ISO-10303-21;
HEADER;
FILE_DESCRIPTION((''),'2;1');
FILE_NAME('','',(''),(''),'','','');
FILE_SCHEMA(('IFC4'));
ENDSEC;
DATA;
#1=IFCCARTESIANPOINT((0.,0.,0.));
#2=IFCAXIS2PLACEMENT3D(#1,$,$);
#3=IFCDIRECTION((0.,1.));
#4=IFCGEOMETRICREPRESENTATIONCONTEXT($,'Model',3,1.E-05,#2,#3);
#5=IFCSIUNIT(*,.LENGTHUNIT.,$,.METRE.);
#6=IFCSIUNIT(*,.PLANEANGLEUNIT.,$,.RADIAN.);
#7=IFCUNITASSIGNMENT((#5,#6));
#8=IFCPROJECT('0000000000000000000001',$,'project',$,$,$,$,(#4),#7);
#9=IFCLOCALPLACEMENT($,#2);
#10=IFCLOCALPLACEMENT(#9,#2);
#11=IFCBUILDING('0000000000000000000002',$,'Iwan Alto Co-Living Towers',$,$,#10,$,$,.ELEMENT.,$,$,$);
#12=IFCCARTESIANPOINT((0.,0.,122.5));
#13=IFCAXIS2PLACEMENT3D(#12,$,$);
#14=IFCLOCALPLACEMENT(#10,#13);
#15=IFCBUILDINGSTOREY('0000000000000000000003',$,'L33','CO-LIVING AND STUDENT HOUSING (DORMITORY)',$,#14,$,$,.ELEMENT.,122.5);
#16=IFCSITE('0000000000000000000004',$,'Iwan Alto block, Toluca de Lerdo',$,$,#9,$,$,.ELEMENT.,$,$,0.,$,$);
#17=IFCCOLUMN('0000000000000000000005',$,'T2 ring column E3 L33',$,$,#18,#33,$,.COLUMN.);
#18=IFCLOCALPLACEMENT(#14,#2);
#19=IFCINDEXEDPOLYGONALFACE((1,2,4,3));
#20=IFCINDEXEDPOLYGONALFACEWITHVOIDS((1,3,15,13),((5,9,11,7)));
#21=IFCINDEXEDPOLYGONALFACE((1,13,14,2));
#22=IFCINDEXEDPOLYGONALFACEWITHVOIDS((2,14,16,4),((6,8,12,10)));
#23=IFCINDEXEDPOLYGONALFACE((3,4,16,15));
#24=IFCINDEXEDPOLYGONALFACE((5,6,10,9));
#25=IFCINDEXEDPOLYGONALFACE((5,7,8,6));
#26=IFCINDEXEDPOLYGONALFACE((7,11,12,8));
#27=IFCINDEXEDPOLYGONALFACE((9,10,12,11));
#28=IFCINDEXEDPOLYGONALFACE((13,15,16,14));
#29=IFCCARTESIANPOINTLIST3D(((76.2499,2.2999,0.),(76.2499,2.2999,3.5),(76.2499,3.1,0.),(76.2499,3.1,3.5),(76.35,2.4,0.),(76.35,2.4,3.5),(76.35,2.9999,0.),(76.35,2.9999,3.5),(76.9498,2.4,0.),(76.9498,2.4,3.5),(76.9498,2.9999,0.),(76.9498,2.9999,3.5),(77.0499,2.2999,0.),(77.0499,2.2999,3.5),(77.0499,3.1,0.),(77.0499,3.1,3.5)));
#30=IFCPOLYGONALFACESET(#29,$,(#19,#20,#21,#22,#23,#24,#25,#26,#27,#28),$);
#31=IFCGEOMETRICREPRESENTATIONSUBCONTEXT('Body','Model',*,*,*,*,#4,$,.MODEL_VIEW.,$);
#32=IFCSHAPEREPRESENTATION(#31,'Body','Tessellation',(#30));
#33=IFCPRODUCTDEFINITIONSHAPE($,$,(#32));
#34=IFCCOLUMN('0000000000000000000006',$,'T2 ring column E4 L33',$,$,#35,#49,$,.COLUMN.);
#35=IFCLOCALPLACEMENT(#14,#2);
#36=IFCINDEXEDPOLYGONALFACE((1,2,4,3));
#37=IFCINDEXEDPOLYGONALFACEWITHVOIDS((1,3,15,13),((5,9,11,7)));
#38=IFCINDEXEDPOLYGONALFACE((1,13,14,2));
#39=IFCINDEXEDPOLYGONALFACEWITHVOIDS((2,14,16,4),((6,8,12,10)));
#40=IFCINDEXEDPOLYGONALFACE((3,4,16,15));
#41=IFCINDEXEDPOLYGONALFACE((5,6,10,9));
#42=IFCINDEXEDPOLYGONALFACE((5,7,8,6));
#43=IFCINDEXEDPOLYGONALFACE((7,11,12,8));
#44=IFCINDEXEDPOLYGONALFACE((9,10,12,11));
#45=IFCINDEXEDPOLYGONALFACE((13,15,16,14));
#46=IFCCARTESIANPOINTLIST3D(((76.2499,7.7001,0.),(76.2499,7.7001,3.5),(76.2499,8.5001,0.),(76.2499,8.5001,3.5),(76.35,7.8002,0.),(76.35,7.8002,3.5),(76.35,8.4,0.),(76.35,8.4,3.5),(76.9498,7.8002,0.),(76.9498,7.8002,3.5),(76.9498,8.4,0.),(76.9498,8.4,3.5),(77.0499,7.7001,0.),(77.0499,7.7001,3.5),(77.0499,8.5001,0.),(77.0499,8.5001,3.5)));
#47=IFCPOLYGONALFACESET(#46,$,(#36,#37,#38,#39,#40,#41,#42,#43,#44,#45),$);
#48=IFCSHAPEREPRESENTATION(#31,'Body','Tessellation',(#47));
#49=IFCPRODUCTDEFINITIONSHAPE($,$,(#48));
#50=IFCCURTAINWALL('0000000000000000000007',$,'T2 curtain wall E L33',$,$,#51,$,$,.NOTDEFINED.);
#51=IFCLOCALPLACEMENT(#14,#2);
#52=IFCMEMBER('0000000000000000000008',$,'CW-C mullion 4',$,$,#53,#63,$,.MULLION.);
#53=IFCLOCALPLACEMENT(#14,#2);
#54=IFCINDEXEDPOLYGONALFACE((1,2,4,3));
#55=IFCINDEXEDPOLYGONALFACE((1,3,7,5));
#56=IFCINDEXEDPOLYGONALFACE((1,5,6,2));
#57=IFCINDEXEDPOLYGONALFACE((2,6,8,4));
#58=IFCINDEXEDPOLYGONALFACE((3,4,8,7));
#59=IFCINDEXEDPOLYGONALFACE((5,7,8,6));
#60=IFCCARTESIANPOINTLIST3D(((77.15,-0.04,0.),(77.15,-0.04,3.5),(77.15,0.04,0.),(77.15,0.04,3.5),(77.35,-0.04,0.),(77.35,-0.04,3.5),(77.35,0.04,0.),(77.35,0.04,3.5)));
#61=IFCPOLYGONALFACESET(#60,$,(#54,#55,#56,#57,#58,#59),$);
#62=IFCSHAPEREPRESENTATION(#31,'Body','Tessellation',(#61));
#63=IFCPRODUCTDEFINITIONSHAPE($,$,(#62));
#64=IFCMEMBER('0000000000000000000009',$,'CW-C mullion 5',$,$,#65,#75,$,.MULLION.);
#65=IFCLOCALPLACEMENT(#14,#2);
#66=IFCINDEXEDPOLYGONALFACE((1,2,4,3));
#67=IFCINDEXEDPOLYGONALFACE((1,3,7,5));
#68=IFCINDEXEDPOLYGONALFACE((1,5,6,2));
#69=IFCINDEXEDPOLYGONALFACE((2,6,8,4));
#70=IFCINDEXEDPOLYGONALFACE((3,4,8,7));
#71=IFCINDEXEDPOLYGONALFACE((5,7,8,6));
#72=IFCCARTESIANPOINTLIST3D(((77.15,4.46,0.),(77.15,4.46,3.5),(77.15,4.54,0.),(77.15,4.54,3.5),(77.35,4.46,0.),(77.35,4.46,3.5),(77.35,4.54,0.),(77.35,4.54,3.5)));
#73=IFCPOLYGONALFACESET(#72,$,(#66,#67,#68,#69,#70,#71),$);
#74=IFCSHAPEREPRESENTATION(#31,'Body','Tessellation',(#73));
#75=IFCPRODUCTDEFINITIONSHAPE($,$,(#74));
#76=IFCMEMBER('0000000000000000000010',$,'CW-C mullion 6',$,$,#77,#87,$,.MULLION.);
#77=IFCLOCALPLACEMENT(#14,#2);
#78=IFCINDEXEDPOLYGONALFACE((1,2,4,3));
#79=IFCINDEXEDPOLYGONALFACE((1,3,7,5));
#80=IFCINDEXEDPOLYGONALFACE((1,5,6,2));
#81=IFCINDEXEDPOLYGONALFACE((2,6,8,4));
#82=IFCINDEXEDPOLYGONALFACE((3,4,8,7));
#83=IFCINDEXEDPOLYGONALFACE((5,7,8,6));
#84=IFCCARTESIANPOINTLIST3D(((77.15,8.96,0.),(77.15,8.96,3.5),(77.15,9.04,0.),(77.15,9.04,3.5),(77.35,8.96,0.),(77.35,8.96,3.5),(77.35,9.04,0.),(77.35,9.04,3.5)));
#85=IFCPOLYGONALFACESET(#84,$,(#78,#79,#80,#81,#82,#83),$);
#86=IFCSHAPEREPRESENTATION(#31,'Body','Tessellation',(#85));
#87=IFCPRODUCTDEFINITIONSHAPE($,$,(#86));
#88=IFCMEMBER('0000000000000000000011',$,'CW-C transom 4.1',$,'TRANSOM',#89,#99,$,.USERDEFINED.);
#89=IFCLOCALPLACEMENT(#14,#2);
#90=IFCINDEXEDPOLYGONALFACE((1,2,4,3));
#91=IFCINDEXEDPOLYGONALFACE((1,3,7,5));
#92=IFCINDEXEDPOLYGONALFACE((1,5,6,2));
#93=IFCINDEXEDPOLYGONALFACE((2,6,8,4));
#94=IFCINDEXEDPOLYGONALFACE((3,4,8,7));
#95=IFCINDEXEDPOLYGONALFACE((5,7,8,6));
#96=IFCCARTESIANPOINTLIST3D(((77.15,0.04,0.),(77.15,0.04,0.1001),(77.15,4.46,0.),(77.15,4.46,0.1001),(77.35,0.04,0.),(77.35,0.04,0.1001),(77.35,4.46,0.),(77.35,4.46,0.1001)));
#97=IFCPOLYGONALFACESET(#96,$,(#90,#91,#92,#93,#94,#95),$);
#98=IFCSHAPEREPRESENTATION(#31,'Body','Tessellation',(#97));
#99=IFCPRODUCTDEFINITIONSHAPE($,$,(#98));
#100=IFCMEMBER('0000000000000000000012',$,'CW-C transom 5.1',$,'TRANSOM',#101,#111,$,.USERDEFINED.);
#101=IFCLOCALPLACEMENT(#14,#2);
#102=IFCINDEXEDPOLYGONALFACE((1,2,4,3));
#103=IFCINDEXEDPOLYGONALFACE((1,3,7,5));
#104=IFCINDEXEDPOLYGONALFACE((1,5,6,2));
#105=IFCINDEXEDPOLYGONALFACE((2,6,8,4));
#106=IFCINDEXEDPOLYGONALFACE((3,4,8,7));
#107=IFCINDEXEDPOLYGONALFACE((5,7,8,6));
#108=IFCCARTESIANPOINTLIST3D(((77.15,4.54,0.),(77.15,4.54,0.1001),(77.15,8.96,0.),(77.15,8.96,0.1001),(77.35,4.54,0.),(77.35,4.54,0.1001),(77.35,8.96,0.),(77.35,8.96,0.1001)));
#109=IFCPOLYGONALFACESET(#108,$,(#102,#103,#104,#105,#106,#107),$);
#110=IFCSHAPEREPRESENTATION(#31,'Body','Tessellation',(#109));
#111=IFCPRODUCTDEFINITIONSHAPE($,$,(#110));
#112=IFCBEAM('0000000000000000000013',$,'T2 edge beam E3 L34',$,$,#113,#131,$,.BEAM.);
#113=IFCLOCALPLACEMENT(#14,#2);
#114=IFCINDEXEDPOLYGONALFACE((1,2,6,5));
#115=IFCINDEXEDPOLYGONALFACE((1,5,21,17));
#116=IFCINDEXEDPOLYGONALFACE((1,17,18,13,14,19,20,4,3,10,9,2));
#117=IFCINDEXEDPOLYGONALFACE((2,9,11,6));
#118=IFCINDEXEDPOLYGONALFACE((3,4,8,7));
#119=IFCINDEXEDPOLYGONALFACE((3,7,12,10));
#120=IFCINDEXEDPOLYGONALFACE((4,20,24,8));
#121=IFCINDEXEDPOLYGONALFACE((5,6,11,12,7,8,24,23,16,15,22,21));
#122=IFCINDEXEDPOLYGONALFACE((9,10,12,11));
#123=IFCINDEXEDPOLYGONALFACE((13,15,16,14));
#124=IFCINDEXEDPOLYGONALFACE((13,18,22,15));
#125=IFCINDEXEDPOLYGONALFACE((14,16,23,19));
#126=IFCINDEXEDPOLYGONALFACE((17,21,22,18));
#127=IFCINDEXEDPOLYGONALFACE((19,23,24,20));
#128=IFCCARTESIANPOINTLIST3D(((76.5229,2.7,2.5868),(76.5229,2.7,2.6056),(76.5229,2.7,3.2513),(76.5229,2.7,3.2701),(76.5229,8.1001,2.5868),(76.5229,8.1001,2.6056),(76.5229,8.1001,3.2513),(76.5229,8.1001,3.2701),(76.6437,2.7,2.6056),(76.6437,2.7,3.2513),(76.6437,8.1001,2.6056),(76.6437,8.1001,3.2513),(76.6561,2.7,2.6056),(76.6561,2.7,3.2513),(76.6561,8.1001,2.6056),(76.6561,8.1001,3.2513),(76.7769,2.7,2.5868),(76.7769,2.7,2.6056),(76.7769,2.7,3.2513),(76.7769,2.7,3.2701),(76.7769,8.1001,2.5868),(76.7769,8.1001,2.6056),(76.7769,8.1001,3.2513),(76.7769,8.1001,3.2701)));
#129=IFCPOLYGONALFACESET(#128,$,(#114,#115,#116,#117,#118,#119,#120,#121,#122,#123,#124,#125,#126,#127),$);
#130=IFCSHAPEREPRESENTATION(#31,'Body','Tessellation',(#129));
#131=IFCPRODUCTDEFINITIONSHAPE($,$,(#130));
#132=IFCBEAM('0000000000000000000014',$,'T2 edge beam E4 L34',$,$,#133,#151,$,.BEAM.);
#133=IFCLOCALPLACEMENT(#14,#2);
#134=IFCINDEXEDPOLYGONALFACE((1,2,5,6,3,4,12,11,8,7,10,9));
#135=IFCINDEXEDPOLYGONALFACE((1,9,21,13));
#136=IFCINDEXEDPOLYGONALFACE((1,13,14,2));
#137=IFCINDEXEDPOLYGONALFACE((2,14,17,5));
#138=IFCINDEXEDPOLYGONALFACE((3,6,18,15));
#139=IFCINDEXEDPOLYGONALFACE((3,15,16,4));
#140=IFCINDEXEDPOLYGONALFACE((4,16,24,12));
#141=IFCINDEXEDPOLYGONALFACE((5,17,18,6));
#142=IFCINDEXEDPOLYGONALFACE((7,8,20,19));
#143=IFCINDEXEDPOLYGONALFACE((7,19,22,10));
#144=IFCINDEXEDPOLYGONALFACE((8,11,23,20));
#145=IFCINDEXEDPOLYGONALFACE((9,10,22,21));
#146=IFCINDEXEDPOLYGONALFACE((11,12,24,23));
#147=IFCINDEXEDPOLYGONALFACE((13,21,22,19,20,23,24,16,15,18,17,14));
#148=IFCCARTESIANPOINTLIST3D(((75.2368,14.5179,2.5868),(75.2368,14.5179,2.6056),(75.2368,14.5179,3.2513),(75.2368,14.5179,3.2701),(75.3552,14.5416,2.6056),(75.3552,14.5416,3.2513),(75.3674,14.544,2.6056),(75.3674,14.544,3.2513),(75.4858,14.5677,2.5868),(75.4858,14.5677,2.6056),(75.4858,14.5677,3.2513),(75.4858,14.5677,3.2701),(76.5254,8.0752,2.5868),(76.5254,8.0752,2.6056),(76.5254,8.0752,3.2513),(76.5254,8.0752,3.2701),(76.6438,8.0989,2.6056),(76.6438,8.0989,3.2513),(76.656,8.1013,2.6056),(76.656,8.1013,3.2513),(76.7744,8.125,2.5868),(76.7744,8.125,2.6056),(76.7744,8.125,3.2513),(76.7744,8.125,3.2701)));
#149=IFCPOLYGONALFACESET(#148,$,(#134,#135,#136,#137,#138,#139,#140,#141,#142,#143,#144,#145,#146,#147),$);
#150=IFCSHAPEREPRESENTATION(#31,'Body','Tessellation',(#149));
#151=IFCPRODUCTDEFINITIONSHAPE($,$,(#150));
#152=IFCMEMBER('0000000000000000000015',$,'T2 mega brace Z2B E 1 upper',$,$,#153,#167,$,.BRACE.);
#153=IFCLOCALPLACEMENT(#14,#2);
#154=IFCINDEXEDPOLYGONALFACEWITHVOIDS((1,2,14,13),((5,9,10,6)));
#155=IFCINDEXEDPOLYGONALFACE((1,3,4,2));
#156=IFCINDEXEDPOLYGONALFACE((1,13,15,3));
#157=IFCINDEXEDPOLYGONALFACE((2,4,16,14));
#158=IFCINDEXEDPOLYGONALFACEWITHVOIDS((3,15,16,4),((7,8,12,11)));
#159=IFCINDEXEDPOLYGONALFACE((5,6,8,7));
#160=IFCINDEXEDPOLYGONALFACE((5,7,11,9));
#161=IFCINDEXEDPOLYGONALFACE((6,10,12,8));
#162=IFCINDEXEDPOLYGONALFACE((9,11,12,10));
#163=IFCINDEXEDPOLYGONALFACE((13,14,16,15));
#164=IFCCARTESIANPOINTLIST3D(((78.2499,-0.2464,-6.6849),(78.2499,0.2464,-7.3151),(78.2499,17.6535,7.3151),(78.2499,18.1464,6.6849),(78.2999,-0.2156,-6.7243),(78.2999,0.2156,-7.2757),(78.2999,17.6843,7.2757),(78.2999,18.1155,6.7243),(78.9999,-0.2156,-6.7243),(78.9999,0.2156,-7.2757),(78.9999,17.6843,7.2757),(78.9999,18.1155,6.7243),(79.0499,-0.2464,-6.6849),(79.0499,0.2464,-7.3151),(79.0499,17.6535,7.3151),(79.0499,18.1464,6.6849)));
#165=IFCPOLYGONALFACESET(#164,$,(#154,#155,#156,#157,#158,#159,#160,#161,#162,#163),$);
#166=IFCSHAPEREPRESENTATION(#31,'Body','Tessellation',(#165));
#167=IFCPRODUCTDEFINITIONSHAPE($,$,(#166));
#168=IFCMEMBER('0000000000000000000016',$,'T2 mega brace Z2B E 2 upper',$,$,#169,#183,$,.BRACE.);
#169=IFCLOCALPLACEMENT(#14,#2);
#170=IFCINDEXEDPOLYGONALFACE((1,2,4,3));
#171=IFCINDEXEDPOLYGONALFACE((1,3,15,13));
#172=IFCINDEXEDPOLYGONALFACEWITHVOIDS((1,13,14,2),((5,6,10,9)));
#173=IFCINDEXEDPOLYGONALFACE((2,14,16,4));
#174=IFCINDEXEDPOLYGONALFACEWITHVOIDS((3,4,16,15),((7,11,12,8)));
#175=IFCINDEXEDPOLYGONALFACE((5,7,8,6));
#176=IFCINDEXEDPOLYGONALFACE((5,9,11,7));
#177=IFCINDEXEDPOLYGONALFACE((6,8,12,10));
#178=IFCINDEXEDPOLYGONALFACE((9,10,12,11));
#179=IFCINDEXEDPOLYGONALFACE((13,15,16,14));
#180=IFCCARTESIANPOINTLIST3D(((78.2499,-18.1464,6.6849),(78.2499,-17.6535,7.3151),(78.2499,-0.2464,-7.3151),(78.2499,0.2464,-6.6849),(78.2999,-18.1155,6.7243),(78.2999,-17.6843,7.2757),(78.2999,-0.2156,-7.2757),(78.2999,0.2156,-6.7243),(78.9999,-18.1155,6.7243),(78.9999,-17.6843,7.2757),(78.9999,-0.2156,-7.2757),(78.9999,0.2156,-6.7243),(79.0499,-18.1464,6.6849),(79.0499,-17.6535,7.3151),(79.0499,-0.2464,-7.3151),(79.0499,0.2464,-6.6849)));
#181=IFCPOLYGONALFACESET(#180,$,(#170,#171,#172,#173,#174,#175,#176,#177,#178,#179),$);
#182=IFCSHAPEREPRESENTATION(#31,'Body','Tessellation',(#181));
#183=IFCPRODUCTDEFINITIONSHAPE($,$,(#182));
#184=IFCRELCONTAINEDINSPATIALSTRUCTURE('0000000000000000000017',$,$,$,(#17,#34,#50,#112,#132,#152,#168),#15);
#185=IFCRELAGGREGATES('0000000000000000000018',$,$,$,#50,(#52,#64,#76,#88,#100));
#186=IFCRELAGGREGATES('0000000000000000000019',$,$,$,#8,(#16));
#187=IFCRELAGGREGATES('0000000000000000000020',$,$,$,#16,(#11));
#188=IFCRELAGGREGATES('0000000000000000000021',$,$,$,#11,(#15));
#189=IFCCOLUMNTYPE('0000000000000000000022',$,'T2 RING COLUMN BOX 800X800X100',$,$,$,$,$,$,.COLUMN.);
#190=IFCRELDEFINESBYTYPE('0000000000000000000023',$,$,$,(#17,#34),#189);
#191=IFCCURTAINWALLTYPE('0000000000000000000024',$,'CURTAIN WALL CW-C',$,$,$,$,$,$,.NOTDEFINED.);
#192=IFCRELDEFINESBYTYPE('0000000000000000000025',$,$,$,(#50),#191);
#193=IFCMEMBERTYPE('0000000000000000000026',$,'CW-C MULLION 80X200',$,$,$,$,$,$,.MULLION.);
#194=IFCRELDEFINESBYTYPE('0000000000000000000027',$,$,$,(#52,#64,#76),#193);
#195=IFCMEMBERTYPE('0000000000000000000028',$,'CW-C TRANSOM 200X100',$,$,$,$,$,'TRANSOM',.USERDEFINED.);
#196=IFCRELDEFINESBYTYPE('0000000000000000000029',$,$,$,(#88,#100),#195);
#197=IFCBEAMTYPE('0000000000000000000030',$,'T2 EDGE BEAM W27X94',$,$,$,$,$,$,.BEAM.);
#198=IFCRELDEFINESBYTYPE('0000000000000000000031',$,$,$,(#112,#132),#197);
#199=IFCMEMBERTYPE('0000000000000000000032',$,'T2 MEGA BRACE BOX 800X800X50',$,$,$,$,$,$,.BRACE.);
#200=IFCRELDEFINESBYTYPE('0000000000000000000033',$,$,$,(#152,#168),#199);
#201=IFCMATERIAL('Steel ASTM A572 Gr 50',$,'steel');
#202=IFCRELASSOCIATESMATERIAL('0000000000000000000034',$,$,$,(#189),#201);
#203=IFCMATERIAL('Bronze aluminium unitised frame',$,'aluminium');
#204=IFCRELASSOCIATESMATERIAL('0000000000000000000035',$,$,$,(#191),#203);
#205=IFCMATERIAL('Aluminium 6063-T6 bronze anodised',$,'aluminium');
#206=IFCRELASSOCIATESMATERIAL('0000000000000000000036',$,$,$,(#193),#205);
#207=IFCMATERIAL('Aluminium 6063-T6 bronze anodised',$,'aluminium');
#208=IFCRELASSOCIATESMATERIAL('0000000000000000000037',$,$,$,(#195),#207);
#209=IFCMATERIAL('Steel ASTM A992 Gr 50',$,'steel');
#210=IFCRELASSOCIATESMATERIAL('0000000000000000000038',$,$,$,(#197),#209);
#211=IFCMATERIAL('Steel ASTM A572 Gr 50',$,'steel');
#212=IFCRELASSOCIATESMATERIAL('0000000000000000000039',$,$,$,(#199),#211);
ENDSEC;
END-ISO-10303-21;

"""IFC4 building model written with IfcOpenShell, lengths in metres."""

from ifc_helpers import new_model, si_unit, direction, frame, origin, origin_2d, place, context, subcontext, project, spatial, rectangle, hollow_rectangle, i_section, extrude, material, material_profile, profile_set, type_object, element, aggregate, save


model = new_model("IFC4")

# Units and contexts
model_context = context("Model", 3, precision=1e-05, world=origin(), true_north=direction((0.0, 1.0)))
body_context = subcontext(model_context, "Body", "Model", "MODEL_VIEW")
ifc_project = project(units=[si_unit("LENGTHUNIT", "METRE"), si_unit("PLANEANGLEUNIT", "RADIAN")], contexts=[model_context])

# Site, building, storey
site_placement = place(None, origin())
site = spatial("IfcSite", under=ifc_project, at=site_placement, Name="Iwan Alto block, Toluca de Lerdo", CompositionType="ELEMENT", RefElevation=0.0)
building_placement = place(site_placement, origin())
building = spatial("IfcBuilding", under=site, at=building_placement, Name="Iwan Alto Co-Living Towers", CompositionType="ELEMENT")
storey_placement = place(building_placement, frame((0.0, 0.0, 122.5)))
storey = spatial("IfcBuildingStorey", under=building, at=storey_placement, Name="L33", Description="CO-LIVING AND STUDENT HOUSING (DORMITORY)", CompositionType="ELEMENT", Elevation=122.5)

# Columns
ifc_material_1 = material(Name="Steel ASTM A572 Gr 50", Category="steel")
ifc_material_profile_1 = material_profile(ifc_material_1, hollow_rectangle(XDim=0.8, YDim=0.8, WallThickness=0.1001, at=origin_2d()), Name="BOX 800X800X100")
ifc_profile_set_1 = profile_set([ifc_material_profile_1], Name="Steel ASTM A572 Gr 50")
column_type = type_object("IfcColumnType", Name="T2 RING COLUMN BOX 800X800X100", PredefinedType="COLUMN", material=ifc_profile_set_1)
for number, where, z_axis, x_axis, name in (
    (1, (76.6499, 2.7, 0.0), (0.0, 0.0, 1.0), (1.0, 0.0, 0.0), "T2 ring column E3 L33"),
    (2, (76.6499, 8.1001, 0.0), (0.0, 0.0, 1.0), (1.0, 0.0, 0.0), "T2 ring column E4 L33"),
):
    element("IfcColumn", number, at=place(storey_placement, frame(where, z_axis=z_axis, x_axis=x_axis)), inside=storey, type_object=column_type, Name=name, PredefinedType="COLUMN", context=body_context, shape_type="SweptSolid", body=[
        extrude(hollow_rectangle(XDim=0.8, YDim=0.8, WallThickness=0.1001, at=origin_2d()), origin(), (0.0, 0.0, 1.0), 3.5),
    ])

# Curtain wall, members
ifc_material_2 = material(Name="Bronze aluminium unitised frame", Category="aluminium")
curtain_wall_type = type_object("IfcCurtainWallType", Name="CURTAIN WALL CW-C", PredefinedType="NOTDEFINED", material=ifc_material_2)
curtain_wall_placement = place(storey_placement, origin())
curtain_wall = element("IfcCurtainWall", 3, at=curtain_wall_placement, inside=storey, type_object=curtain_wall_type, Name="T2 curtain wall E L33", PredefinedType="NOTDEFINED")
ifc_material_3 = material(Name="Aluminium 6063-T6 bronze anodised", Category="aluminium")
ifc_material_profile_2 = material_profile(ifc_material_3, rectangle(XDim=0.2, YDim=0.0801, at=origin_2d()), Name="AL 80X200")
ifc_profile_set_2 = profile_set([ifc_material_profile_2], Name="Aluminium 6063-T6 bronze anodised")
member_type_1 = type_object("IfcMemberType", Name="CW-C MULLION 80X200", PredefinedType="MULLION", material=ifc_profile_set_2)
member_1_placement = place(storey_placement, frame((77.25, 0.0, 0.0), z_axis=(0.0, 0.0, 1.0), x_axis=(-1.0, 0.0, 0.0)))
member_1 = element("IfcMember", 4, at=member_1_placement, type_object=member_type_1, Name="CW-C mullion 4", PredefinedType="MULLION", context=body_context, shape_type="SweptSolid", body=[
    extrude(rectangle(XDim=0.2, YDim=0.0801, at=origin_2d()), origin(), (0.0, 0.0, 1.0), 3.5),
])
member_2_placement = place(storey_placement, frame((77.25, 4.5, 0.0), z_axis=(0.0, 0.0, 1.0), x_axis=(-1.0, 0.0, 0.0)))
member_2 = element("IfcMember", 5, at=member_2_placement, type_object=member_type_1, Name="CW-C mullion 5", PredefinedType="MULLION", context=body_context, shape_type="SweptSolid", body=[
    extrude(rectangle(XDim=0.2, YDim=0.0801, at=origin_2d()), origin(), (0.0, 0.0, 1.0), 3.5),
])
member_3_placement = place(storey_placement, frame((77.25, 9.0, 0.0), z_axis=(0.0, 0.0, 1.0), x_axis=(-1.0, 0.0, 0.0)))
member_3 = element("IfcMember", 6, at=member_3_placement, type_object=member_type_1, Name="CW-C mullion 6", PredefinedType="MULLION", context=body_context, shape_type="SweptSolid", body=[
    extrude(rectangle(XDim=0.2, YDim=0.0801, at=origin_2d()), origin(), (0.0, 0.0, 1.0), 3.5),
])
ifc_material_4 = material(Name="Aluminium 6063-T6 bronze anodised", Category="aluminium")
ifc_material_profile_3 = material_profile(ifc_material_4, rectangle(XDim=0.2, YDim=0.1001, at=origin_2d()), Name="AL 200X100")
ifc_profile_set_3 = profile_set([ifc_material_profile_3], Name="Aluminium 6063-T6 bronze anodised")
member_type_2 = type_object("IfcMemberType", Name="CW-C TRANSOM 200X100", ElementType="TRANSOM", PredefinedType="USERDEFINED", material=ifc_profile_set_3)
member_4_placement = place(storey_placement, frame((77.25, 0.04, 0.05), z_axis=(0.0, 1.0, 0.0), x_axis=(-1.0, 0.0, 0.0)))
member_4 = element("IfcMember", 7, at=member_4_placement, type_object=member_type_2, Name="CW-C transom 4.1", ObjectType="TRANSOM", PredefinedType="USERDEFINED", context=body_context, shape_type="SweptSolid", body=[
    extrude(rectangle(XDim=0.2, YDim=0.1001, at=origin_2d()), origin(), (0.0, 0.0, 1.0), 4.4199),
])
member_5_placement = place(storey_placement, frame((77.25, 4.54, 0.05), z_axis=(0.0, 1.0, 0.0), x_axis=(-1.0, 0.0, 0.0)))
member_5 = element("IfcMember", 8, at=member_5_placement, type_object=member_type_2, Name="CW-C transom 5.1", ObjectType="TRANSOM", PredefinedType="USERDEFINED", context=body_context, shape_type="SweptSolid", body=[
    extrude(rectangle(XDim=0.2, YDim=0.1001, at=origin_2d()), origin(), (0.0, 0.0, 1.0), 4.4199),
])

# Beams
ifc_material_5 = material(Name="Steel ASTM A992 Gr 50", Category="steel")
ifc_material_profile_4 = material_profile(ifc_material_5, i_section(OverallWidth=0.2539, OverallDepth=0.6833, WebThickness=0.0125, FlangeThickness=0.0188, at=origin_2d()), Name="W27X94")
ifc_profile_set_4 = profile_set([ifc_material_profile_4], Name="Steel ASTM A992 Gr 50")
beam_type_1 = type_object("IfcBeamType", Name="T2 EDGE BEAM W27X94", PredefinedType="BEAM", material=ifc_profile_set_4)
beam_1_placement = place(storey_placement, frame((76.6499, 2.7, 2.9285), z_axis=(0.0, 1.0, 0.0), x_axis=(-1.0, 0.0, 0.0)))
element("IfcBeam", 9, at=beam_1_placement, inside=storey, type_object=beam_type_1, Name="T2 edge beam E3 L34", PredefinedType="BEAM", context=body_context, shape_type="SweptSolid", body=[
    extrude(i_section(OverallWidth=0.2539, OverallDepth=0.6833, WebThickness=0.0125, FlangeThickness=0.0188, at=origin_2d()), origin(), (0.0, 0.0, 1.0), 5.4001),
])
beam_2_placement = place(storey_placement, frame((76.6499, 8.1001, 2.9285), z_axis=(-0.196123, 0.980579, 0.0), x_axis=(-0.980579, -0.196123, 0.0)))
element("IfcBeam", 10, at=beam_2_placement, inside=storey, type_object=beam_type_1, Name="T2 edge beam E4 L34", PredefinedType="BEAM", context=body_context, shape_type="SweptSolid", body=[
    extrude(i_section(OverallWidth=0.2539, OverallDepth=0.6833, WebThickness=0.0125, FlangeThickness=0.0188, at=origin_2d()), origin(), (0.0, 0.0, 1.0), 6.5703),
])

# Members
ifc_material_6 = material(Name="Steel ASTM A572 Gr 50", Category="steel")
ifc_material_profile_5 = material_profile(ifc_material_6, hollow_rectangle(XDim=0.8, YDim=0.8, WallThickness=0.05, at=origin_2d()), Name="BOX 800X800X50")
ifc_profile_set_5 = profile_set([ifc_material_profile_5], Name="Steel ASTM A572 Gr 50")
member_type_3 = type_object("IfcMemberType", Name="T2 MEGA BRACE BOX 800X800X50", PredefinedType="BRACE", material=ifc_profile_set_5)
for number, where, z_axis, x_axis, name in (
    (11, (78.6499, 0.0, -7.0), (0.0, 0.787689, 0.616073), (-1.0, 0.0, 0.0), "T2 mega brace Z2B E 1 upper"),
    (12, (78.6499, 0.0, -7.0), (0.0, -0.787689, 0.616073), (1.0, 0.0, 0.0), "T2 mega brace Z2B E 2 upper"),
):
    element("IfcMember", number, at=place(storey_placement, frame(where, z_axis=z_axis, x_axis=x_axis)), inside=storey, type_object=member_type_3, Name=name, PredefinedType="BRACE", context=body_context, shape_type="SweptSolid", body=[
        extrude(hollow_rectangle(XDim=0.8, YDim=0.8, WallThickness=0.05, at=origin_2d()), origin(), (0.0, 0.0, 1.0), 22.7246),
    ])

aggregate(curtain_wall, [member_1, member_2, member_3, member_4, member_5])

save(model, "model.ifc")
